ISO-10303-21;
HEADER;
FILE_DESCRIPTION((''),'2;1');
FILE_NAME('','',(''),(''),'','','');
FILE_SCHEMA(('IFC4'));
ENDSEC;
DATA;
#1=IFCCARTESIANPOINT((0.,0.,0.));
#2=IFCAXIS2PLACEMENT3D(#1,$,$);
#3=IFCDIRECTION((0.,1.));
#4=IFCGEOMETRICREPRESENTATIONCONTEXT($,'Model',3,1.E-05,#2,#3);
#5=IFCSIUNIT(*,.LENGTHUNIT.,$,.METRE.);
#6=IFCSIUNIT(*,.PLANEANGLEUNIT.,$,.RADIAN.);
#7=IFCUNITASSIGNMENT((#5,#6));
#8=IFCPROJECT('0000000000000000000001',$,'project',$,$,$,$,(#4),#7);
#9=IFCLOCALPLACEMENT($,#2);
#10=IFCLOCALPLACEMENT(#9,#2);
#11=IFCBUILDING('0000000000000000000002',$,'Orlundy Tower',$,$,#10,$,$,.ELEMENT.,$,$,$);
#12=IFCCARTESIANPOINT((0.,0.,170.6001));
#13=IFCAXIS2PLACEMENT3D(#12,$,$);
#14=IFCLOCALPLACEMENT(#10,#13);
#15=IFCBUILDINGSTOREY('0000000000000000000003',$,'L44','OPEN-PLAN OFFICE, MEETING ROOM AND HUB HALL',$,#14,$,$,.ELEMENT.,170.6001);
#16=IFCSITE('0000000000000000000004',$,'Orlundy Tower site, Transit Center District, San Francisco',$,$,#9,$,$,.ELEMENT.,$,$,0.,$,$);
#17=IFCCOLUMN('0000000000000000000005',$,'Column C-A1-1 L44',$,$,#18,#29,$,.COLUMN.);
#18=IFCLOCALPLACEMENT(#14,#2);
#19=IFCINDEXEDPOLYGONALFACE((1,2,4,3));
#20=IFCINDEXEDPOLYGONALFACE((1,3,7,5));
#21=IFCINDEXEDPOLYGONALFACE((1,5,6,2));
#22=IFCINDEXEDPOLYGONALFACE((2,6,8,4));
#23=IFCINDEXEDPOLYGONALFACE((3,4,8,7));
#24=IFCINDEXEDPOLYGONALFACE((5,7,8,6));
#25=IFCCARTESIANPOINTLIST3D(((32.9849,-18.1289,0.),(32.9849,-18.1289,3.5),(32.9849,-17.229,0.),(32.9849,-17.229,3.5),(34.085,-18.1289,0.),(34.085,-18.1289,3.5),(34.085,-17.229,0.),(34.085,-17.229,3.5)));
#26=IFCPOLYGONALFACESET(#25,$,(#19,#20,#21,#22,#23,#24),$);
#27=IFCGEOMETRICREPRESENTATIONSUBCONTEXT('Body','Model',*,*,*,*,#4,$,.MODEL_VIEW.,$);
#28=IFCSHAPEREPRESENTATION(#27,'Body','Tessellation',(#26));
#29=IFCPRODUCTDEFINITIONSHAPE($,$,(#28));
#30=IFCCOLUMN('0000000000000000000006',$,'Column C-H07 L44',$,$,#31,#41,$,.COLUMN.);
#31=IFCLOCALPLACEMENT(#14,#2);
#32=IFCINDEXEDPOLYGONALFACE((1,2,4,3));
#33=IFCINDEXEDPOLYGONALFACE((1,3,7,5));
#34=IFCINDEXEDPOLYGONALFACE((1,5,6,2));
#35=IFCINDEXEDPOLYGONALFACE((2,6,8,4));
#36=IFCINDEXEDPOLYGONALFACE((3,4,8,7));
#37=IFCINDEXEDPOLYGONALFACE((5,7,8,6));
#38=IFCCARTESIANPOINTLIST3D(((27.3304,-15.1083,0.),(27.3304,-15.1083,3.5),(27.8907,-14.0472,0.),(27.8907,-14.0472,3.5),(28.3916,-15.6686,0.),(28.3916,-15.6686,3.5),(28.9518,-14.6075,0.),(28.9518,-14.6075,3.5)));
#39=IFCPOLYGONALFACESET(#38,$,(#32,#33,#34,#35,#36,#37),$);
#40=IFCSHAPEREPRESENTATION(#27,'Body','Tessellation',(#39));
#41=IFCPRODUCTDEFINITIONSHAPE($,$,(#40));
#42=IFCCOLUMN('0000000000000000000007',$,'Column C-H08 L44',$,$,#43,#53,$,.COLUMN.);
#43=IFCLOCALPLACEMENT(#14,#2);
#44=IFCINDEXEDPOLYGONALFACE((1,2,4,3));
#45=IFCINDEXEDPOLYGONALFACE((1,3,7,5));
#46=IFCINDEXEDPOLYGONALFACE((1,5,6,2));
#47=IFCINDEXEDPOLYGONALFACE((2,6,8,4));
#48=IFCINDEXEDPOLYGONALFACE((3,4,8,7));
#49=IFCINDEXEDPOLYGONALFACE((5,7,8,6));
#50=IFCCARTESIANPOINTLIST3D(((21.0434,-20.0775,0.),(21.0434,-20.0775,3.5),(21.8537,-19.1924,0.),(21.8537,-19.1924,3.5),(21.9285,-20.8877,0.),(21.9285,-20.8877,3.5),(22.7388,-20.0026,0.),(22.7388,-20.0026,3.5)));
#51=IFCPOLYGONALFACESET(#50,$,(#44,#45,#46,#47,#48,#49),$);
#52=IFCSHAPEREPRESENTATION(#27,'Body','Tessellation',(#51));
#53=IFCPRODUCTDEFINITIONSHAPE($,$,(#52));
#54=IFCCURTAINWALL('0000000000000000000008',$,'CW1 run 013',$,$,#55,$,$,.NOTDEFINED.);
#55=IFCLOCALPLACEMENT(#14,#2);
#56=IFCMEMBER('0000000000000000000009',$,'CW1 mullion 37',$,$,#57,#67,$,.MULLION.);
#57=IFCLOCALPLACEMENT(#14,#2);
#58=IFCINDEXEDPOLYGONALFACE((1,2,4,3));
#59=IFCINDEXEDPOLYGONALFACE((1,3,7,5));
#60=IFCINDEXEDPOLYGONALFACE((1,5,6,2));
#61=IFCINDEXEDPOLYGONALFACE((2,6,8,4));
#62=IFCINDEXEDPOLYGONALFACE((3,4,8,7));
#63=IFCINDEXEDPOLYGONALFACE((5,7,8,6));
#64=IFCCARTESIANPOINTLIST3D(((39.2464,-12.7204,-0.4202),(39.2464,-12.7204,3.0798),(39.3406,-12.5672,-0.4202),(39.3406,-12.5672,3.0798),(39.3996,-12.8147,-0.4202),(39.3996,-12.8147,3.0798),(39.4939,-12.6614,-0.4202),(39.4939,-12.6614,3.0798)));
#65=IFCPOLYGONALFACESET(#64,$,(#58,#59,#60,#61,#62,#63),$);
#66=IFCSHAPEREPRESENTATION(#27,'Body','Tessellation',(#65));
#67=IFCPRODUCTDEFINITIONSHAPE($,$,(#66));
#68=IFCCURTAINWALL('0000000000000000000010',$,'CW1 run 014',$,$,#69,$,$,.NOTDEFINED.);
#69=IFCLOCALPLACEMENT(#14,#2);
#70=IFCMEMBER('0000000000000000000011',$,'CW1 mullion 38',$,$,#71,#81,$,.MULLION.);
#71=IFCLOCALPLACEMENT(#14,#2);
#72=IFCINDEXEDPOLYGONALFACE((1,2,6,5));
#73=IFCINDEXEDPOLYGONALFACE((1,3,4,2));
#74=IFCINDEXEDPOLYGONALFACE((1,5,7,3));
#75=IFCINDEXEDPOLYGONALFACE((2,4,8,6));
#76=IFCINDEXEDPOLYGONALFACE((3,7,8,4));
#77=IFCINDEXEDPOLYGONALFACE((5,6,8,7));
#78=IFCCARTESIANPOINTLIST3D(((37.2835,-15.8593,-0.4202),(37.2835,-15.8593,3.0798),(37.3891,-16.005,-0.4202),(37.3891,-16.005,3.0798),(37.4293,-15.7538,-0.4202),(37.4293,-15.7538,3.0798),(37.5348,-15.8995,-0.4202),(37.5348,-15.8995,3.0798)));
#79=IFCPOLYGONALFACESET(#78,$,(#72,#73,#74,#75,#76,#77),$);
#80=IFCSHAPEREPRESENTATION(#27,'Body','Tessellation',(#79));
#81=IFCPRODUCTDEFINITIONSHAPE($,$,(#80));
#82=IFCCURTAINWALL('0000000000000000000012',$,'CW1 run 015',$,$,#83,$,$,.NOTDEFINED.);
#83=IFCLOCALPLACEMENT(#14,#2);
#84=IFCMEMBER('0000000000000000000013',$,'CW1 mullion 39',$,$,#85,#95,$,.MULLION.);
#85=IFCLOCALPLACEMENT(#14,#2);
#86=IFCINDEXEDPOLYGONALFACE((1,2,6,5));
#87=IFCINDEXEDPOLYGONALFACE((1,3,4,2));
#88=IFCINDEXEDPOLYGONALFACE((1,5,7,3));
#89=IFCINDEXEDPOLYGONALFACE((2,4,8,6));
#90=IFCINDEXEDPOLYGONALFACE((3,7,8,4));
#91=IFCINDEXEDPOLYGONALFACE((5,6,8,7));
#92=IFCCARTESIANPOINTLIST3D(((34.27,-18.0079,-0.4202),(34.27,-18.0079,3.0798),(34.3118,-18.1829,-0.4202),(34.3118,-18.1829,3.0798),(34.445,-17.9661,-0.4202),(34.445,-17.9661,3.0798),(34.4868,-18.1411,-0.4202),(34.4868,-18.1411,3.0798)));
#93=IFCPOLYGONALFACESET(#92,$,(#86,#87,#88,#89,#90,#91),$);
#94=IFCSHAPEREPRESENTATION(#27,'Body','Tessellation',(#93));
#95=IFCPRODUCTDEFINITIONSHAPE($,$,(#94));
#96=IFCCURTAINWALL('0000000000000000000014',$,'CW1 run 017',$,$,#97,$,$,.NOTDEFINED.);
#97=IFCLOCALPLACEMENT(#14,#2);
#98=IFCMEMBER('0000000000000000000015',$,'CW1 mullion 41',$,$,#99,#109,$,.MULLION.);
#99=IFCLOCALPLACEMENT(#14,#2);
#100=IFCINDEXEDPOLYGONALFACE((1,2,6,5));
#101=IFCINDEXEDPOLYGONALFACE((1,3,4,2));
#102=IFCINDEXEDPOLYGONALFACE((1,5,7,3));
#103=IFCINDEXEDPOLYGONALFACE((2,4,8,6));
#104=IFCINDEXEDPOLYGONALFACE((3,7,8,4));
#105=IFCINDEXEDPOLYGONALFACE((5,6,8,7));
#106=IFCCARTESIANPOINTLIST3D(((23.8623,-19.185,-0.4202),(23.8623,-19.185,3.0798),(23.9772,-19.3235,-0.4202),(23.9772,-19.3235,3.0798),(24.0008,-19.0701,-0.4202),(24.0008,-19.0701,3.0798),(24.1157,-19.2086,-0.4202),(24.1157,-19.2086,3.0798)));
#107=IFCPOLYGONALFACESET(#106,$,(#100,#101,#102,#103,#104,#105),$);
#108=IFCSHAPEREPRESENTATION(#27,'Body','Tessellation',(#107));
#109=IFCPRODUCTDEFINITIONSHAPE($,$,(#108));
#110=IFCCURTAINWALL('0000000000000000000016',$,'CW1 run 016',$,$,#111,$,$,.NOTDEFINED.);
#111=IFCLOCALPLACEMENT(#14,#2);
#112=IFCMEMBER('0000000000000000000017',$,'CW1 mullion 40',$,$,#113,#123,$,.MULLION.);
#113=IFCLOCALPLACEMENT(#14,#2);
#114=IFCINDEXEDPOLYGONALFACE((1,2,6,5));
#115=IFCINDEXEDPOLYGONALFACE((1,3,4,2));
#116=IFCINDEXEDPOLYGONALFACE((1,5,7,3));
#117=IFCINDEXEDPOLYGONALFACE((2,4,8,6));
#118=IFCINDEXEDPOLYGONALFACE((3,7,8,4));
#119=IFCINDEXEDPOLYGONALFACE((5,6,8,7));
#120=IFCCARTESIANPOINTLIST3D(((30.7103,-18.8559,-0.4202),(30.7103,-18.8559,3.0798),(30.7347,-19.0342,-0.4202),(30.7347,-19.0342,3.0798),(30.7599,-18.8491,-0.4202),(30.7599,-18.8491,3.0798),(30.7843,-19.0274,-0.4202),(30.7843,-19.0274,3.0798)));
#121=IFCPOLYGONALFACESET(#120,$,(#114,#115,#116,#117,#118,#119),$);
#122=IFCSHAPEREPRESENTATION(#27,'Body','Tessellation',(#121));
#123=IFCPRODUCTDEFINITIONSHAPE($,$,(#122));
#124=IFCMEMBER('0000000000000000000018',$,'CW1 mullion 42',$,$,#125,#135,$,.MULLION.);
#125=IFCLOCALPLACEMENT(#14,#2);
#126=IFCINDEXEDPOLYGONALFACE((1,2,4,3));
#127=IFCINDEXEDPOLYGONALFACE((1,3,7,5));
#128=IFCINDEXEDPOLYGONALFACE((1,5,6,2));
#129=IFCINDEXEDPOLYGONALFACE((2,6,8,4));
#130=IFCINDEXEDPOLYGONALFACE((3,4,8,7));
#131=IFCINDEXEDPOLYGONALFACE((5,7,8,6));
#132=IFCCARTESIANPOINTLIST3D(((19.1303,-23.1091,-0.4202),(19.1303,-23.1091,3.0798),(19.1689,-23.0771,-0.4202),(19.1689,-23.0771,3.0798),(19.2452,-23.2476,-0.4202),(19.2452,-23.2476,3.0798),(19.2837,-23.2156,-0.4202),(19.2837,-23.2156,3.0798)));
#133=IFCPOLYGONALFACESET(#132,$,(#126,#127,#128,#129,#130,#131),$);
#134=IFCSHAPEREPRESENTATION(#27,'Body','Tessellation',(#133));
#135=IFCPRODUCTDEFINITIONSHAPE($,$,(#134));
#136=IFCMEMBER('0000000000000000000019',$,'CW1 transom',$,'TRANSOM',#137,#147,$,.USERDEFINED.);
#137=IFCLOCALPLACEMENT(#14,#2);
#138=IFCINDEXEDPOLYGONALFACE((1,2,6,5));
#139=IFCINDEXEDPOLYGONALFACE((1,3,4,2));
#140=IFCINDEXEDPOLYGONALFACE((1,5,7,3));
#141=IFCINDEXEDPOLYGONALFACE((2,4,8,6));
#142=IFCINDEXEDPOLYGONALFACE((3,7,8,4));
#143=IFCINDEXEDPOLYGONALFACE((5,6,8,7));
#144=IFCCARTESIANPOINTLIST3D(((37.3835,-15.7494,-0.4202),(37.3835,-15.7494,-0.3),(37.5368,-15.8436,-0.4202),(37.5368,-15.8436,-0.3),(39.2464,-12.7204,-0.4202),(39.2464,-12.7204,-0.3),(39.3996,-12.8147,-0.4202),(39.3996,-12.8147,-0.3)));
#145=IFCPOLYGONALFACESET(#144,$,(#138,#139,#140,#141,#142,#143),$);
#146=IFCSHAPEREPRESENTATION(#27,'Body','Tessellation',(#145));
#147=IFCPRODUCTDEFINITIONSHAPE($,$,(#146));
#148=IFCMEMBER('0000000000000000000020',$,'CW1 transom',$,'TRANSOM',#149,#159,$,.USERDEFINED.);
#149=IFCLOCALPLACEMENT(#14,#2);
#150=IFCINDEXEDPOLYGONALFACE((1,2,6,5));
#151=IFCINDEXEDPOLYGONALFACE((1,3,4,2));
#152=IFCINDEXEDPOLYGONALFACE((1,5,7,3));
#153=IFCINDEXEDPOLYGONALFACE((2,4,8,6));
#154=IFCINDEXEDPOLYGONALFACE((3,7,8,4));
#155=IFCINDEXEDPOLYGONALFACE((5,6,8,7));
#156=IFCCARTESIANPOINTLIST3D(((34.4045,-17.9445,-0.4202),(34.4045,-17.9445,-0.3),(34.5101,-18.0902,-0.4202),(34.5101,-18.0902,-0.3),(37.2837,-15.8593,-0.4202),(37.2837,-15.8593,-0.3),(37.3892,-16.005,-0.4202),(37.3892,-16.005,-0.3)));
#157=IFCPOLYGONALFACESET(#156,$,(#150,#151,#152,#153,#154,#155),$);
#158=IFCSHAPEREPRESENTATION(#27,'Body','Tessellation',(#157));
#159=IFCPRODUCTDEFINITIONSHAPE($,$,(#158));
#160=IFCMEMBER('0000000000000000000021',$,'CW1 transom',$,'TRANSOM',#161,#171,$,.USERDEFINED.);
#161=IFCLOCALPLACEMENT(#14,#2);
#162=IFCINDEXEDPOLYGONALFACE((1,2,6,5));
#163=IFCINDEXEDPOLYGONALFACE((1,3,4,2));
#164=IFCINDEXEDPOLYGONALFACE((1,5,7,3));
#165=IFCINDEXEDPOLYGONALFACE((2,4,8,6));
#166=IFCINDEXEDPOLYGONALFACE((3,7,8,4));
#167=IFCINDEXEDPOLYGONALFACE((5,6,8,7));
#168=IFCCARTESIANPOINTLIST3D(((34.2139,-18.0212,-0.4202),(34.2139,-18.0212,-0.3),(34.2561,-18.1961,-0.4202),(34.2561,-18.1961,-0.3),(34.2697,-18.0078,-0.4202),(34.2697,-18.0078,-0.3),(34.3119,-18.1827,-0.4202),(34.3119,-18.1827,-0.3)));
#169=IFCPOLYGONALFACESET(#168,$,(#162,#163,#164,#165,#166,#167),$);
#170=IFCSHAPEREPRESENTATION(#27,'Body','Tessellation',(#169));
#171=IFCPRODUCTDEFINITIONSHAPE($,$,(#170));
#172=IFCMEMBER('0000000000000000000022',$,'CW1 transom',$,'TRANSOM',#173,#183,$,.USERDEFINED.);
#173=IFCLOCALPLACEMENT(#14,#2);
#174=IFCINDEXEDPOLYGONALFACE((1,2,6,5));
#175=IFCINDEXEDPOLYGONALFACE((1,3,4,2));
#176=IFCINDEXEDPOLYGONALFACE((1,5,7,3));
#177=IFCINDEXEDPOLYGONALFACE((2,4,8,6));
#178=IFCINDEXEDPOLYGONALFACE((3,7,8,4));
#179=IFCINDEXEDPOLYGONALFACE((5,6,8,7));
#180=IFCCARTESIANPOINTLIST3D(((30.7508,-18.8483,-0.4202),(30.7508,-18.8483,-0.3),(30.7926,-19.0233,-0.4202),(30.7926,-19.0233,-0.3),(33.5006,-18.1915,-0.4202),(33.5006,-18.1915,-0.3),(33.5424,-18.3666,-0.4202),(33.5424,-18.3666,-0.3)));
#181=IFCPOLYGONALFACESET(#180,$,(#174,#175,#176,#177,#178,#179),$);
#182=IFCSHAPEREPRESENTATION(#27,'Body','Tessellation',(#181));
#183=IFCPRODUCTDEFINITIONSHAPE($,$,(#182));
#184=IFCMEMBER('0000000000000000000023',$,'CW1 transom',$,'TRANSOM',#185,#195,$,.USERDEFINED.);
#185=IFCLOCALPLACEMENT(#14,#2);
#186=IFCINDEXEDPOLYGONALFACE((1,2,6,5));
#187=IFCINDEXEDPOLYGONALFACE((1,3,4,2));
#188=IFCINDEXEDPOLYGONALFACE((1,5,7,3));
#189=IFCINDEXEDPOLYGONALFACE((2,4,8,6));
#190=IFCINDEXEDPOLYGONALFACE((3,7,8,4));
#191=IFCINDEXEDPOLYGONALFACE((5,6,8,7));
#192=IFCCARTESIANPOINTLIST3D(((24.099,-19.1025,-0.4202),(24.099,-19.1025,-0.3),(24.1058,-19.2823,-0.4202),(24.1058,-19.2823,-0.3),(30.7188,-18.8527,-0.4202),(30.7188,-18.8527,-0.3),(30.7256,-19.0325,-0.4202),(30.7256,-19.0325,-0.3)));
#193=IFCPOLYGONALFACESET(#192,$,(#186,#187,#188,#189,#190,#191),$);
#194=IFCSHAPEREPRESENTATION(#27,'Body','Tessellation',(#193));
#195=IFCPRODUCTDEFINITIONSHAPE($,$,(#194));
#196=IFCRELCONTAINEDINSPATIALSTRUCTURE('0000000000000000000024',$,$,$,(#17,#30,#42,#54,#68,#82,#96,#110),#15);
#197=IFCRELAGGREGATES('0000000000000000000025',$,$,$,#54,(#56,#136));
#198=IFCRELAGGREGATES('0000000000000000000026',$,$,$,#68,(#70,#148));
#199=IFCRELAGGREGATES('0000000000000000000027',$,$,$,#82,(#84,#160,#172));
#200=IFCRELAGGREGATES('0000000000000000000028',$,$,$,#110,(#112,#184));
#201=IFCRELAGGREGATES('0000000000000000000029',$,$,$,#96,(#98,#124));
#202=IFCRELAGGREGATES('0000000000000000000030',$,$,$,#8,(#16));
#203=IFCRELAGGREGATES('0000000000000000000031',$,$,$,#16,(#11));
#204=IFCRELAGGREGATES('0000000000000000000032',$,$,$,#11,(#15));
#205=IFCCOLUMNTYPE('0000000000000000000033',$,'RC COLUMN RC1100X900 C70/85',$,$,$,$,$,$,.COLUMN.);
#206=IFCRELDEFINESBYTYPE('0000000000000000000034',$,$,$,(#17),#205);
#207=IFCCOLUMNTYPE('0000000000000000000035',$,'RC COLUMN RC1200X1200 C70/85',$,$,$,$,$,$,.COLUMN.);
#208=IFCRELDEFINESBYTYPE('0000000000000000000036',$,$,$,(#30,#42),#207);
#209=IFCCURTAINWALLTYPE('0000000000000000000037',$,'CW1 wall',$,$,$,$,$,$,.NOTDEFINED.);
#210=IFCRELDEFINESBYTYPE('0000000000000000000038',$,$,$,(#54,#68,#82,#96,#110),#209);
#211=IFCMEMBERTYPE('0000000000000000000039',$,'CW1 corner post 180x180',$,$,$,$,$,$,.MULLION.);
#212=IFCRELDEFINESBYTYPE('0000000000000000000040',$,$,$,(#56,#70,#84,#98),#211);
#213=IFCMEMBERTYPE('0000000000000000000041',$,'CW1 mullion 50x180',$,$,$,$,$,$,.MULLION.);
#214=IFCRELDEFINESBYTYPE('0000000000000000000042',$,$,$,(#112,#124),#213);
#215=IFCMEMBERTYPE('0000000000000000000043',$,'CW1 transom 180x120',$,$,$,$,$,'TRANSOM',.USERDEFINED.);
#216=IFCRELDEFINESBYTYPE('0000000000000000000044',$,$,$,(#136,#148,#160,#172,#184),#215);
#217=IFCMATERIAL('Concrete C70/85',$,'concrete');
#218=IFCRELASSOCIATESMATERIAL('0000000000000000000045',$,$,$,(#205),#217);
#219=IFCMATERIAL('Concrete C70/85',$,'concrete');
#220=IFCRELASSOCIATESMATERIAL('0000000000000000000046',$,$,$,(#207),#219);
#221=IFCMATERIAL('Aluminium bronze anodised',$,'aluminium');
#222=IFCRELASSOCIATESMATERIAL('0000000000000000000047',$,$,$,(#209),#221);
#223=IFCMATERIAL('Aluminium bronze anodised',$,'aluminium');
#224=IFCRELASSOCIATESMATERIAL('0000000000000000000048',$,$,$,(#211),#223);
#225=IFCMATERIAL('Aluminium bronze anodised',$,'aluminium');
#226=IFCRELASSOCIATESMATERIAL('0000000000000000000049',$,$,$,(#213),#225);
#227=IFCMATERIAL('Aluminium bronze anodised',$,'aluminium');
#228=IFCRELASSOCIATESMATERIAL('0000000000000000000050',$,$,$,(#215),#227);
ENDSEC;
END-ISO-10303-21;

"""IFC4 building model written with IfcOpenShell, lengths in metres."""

from ifc_helpers import new_model, si_unit, direction, frame, origin, origin_2d, place, context, subcontext, project, spatial, rectangle, extrude, material, material_profile, profile_set, type_object, element, aggregate, save


model = new_model("IFC4")

# Units and contexts
model_context = context("Model", 3, precision=1e-05, world=origin(), true_north=direction((0.0, 1.0)))
body_context = subcontext(model_context, "Body", "Model", "MODEL_VIEW")
ifc_project = project(units=[si_unit("LENGTHUNIT", "METRE"), si_unit("PLANEANGLEUNIT", "RADIAN")], contexts=[model_context])

# Site, building, storey
site_placement = place(None, origin())
site = spatial("IfcSite", under=ifc_project, at=site_placement, Name="Orlundy Tower site, Transit Center District, San Francisco", CompositionType="ELEMENT", RefElevation=0.0)
building_placement = place(site_placement, origin())
building = spatial("IfcBuilding", under=site, at=building_placement, Name="Orlundy Tower", CompositionType="ELEMENT")
storey_placement = place(building_placement, frame((0.0, 0.0, 170.6001)))
storey = spatial("IfcBuildingStorey", under=building, at=storey_placement, Name="L44", Description="OPEN-PLAN OFFICE, MEETING ROOM AND HUB HALL", CompositionType="ELEMENT", Elevation=170.6001)

# Columns
ifc_material_1 = material(Name="Concrete C70/85", Category="concrete")
ifc_material_profile_1 = material_profile(ifc_material_1, rectangle(XDim=1.1001, YDim=0.8999, at=origin_2d()), Name="RC1100X900")
ifc_profile_set_1 = profile_set([ifc_material_profile_1], Name="Concrete C70/85")
column_type_1 = type_object("IfcColumnType", Name="RC COLUMN RC1100X900 C70/85", PredefinedType="COLUMN", material=ifc_profile_set_1)
column_placement = place(storey_placement, frame((33.5349, -17.679, 0.0), z_axis=(0.0, 0.0, 1.0), x_axis=(1.0, 0.0, 0.0)))
element("IfcColumn", 1, at=column_placement, inside=storey, type_object=column_type_1, Name="Column C-A1-1 L44", PredefinedType="COLUMN", context=body_context, shape_type="SweptSolid", body=[
    extrude(rectangle(XDim=1.1001, YDim=0.8999, at=origin_2d()), origin(), (0.0, 0.0, 1.0), 3.5),
])
ifc_material_2 = material(Name="Concrete C70/85", Category="concrete")
ifc_material_profile_2 = material_profile(ifc_material_2, rectangle(XDim=1.2, YDim=1.2, at=origin_2d()), Name="RC1200X1200")
ifc_profile_set_2 = profile_set([ifc_material_profile_2], Name="Concrete C70/85")
column_type_2 = type_object("IfcColumnType", Name="RC COLUMN RC1200X1200 C70/85", PredefinedType="COLUMN", material=ifc_profile_set_2)
for number, where, z_axis, x_axis, name in (
    (2, (28.1411, -14.8579, 0.0), (0.0, 0.0, 1.0), (0.884312, -0.466896, 0.0), "Column C-H07 L44"),
    (3, (21.8911, -20.04, 0.0), (0.0, 0.0, 1.0), (0.737607, -0.67523, 0.0), "Column C-H08 L44"),
):
    element("IfcColumn", number, at=place(storey_placement, frame(where, z_axis=z_axis, x_axis=x_axis)), inside=storey, type_object=column_type_2, Name=name, PredefinedType="COLUMN", context=body_context, shape_type="SweptSolid", body=[
        extrude(rectangle(XDim=1.2, YDim=1.2, at=origin_2d()), origin(), (0.0, 0.0, 1.0), 3.5),
    ])

# Curtain walls, members
ifc_material_3 = material(Name="Aluminium bronze anodised", Category="aluminium")
curtain_wall_type = type_object("IfcCurtainWallType", Name="CW1 wall", PredefinedType="NOTDEFINED", material=ifc_material_3)
curtain_wall_1_placement = place(storey_placement, origin())
curtain_wall_1 = element("IfcCurtainWall", 4, at=curtain_wall_1_placement, inside=storey, type_object=curtain_wall_type, Name="CW1 run 013", PredefinedType="NOTDEFINED")
ifc_material_4 = material(Name="Aluminium bronze anodised", Category="aluminium")
ifc_material_profile_3 = material_profile(ifc_material_4, rectangle(XDim=0.1799, YDim=0.1799, at=origin_2d()), Name="CW1 corner post 180x180")
ifc_profile_set_3 = profile_set([ifc_material_profile_3], Name="Aluminium bronze anodised")
member_type_1 = type_object("IfcMemberType", Name="CW1 corner post 180x180", PredefinedType="MULLION", material=ifc_profile_set_3)
member_1_placement = place(storey_placement, frame((39.3701, -12.6909, -0.4202), z_axis=(0.0, 0.0, 1.0), x_axis=(0.851825, -0.523827, 0.0)))
member_1 = element("IfcMember", 5, at=member_1_placement, type_object=member_type_1, Name="CW1 mullion 37", PredefinedType="MULLION", context=body_context, shape_type="SweptSolid", body=[
    extrude(rectangle(XDim=0.1799, YDim=0.1799, at=origin_2d()), origin(), (0.0, 0.0, 1.0), 3.5),
])
curtain_wall_2_placement = place(storey_placement, origin())
curtain_wall_2 = element("IfcCurtainWall", 6, at=curtain_wall_2_placement, inside=storey, type_object=curtain_wall_type, Name="CW1 run 014", PredefinedType="NOTDEFINED")
member_2_placement = place(storey_placement, frame((37.4092, -15.8794, -0.4202), z_axis=(0.0, 0.0, 1.0), x_axis=(0.586534, -0.809924, 0.0)))
member_2 = element("IfcMember", 7, at=member_2_placement, type_object=member_type_1, Name="CW1 mullion 38", PredefinedType="MULLION", context=body_context, shape_type="SweptSolid", body=[
    extrude(rectangle(XDim=0.1799, YDim=0.1799, at=origin_2d()), origin(), (0.0, 0.0, 1.0), 3.5),
])
curtain_wall_3_placement = place(storey_placement, origin())
curtain_wall_3 = element("IfcCurtainWall", 8, at=curtain_wall_3_placement, inside=storey, type_object=curtain_wall_type, Name="CW1 run 015", PredefinedType="NOTDEFINED")
member_3_placement = place(storey_placement, frame((34.3784, -18.0745, -0.4202), z_axis=(0.0, 0.0, 1.0), x_axis=(0.232301, -0.972644, 0.0)))
member_3 = element("IfcMember", 9, at=member_3_placement, type_object=member_type_1, Name="CW1 mullion 39", PredefinedType="MULLION", context=body_context, shape_type="SweptSolid", body=[
    extrude(rectangle(XDim=0.1799, YDim=0.1799, at=origin_2d()), origin(), (0.0, 0.0, 1.0), 3.5),
])
curtain_wall_4_placement = place(storey_placement, origin())
curtain_wall_4 = element("IfcCurtainWall", 10, at=curtain_wall_4_placement, inside=storey, type_object=curtain_wall_type, Name="CW1 run 017", PredefinedType="NOTDEFINED")
member_4_placement = place(storey_placement, frame((23.989, -19.1968, -0.4202), z_axis=(0.0, 0.0, 1.0), x_axis=(0.638331, -0.769762, 0.0)))
member_4 = element("IfcMember", 11, at=member_4_placement, type_object=member_type_1, Name="CW1 mullion 41", PredefinedType="MULLION", context=body_context, shape_type="SweptSolid", body=[
    extrude(rectangle(XDim=0.1799, YDim=0.1799, at=origin_2d()), origin(), (0.0, 0.0, 1.0), 3.5),
])
curtain_wall_5_placement = place(storey_placement, origin())
curtain_wall_5 = element("IfcCurtainWall", 12, at=curtain_wall_5_placement, inside=storey, type_object=curtain_wall_type, Name="CW1 run 016", PredefinedType="NOTDEFINED")
ifc_material_5 = material(Name="Aluminium bronze anodised", Category="aluminium")
ifc_material_profile_4 = material_profile(ifc_material_5, rectangle(XDim=0.1799, YDim=0.05, at=origin_2d()), Name="CW1 mullion 50x180")
ifc_profile_set_4 = profile_set([ifc_material_profile_4], Name="Aluminium bronze anodised")
member_type_2 = type_object("IfcMemberType", Name="CW1 mullion 50x180", PredefinedType="MULLION", material=ifc_profile_set_4)
member_5_placement = place(storey_placement, frame((30.7473, -18.9417, -0.4202), z_axis=(0.0, 0.0, 1.0), x_axis=(0.135672, -0.990754, 0.0)))
member_5 = element("IfcMember", 13, at=member_5_placement, type_object=member_type_2, Name="CW1 mullion 40", PredefinedType="MULLION", context=body_context, shape_type="SweptSolid", body=[
    extrude(rectangle(XDim=0.1799, YDim=0.05, at=origin_2d()), origin(), (0.0, 0.0, 1.0), 3.5),
])

# Members
member_6_placement = place(storey_placement, frame((19.207, -23.1624, -0.4202), z_axis=(0.0, 0.0, 1.0), x_axis=(0.638331, -0.769762, 0.0)))
member_6 = element("IfcMember", 14, at=member_6_placement, type_object=member_type_2, Name="CW1 mullion 42", PredefinedType="MULLION", context=body_context, shape_type="SweptSolid", body=[
    extrude(rectangle(XDim=0.1799, YDim=0.05, at=origin_2d()), origin(), (0.0, 0.0, 1.0), 3.5),
])
ifc_material_6 = material(Name="Aluminium bronze anodised", Category="aluminium")
ifc_material_profile_5 = material_profile(ifc_material_6, rectangle(XDim=0.1799, YDim=0.1201, at=origin_2d()), Name="CW1 transom 180x120")
ifc_profile_set_5 = profile_set([ifc_material_profile_5], Name="Aluminium bronze anodised")
member_type_3 = type_object("IfcMemberType", Name="CW1 transom 180x120", ElementType="TRANSOM", PredefinedType="USERDEFINED", material=ifc_profile_set_5)
member_7_placement = place(storey_placement, frame((39.323, -12.7676, -0.3601), z_axis=(-0.523875, -0.851795, 0.0), x_axis=(0.851795, -0.523875, 0.0)))
member_7 = element("IfcMember", 15, at=member_7_placement, type_object=member_type_3, Name="CW1 transom", ObjectType="TRANSOM", PredefinedType="USERDEFINED", context=body_context, shape_type="SweptSolid", body=[
    extrude(rectangle(XDim=0.1799, YDim=0.1201, at=origin_2d()), origin(), (0.0, 0.0, 1.0), 3.5559),
])
member_8_placement = place(storey_placement, frame((37.3364, -15.9321, -0.3601), z_axis=(-0.809902, -0.586566, 0.0), x_axis=(0.586566, -0.809902, 0.0)))
member_8 = element("IfcMember", 16, at=member_8_placement, type_object=member_type_3, Name="CW1 transom", ObjectType="TRANSOM", PredefinedType="USERDEFINED", context=body_context, shape_type="SweptSolid", body=[
    extrude(rectangle(XDim=0.1799, YDim=0.1201, at=origin_2d()), origin(), (0.0, 0.0, 1.0), 3.5549),
])
member_9_placement = place(storey_placement, frame((34.2908, -18.0952, -0.3601), z_axis=(-0.972116, -0.234502, 0.0), x_axis=(0.234502, -0.972116, 0.0)))
member_9 = element("IfcMember", 17, at=member_9_placement, type_object=member_type_3, Name="CW1 transom", ObjectType="TRANSOM", PredefinedType="USERDEFINED", context=body_context, shape_type="SweptSolid", body=[
    extrude(rectangle(XDim=0.1799, YDim=0.1201, at=origin_2d()), origin(), (0.0, 0.0, 1.0), 0.0574),
])
member_10_placement = place(storey_placement, frame((33.5215, -18.2791, -0.3601), z_axis=(-0.972644, -0.232302, 0.0), x_axis=(0.232302, -0.972644, 0.0)))
member_10 = element("IfcMember", 18, at=member_10_placement, type_object=member_type_3, Name="CW1 transom", ObjectType="TRANSOM", PredefinedType="USERDEFINED", context=body_context, shape_type="SweptSolid", body=[
    extrude(rectangle(XDim=0.1799, YDim=0.1201, at=origin_2d()), origin(), (0.0, 0.0, 1.0), 2.8271),
])
member_11_placement = place(storey_placement, frame((30.7222, -18.9426, -0.3601), z_axis=(-0.999289, -0.037701, 0.0), x_axis=(0.037701, -0.999289, 0.0)))
member_11 = element("IfcMember", 19, at=member_11_placement, type_object=member_type_3, Name="CW1 transom", ObjectType="TRANSOM", PredefinedType="USERDEFINED", context=body_context, shape_type="SweptSolid", body=[
    extrude(rectangle(XDim=0.1799, YDim=0.1201, at=origin_2d()), origin(), (0.0, 0.0, 1.0), 6.6245),
])

aggregate(curtain_wall_1, [member_1, member_7])
aggregate(curtain_wall_2, [member_2, member_8])
aggregate(curtain_wall_3, [member_3, member_9, member_10])
aggregate(curtain_wall_5, [member_5, member_11])
aggregate(curtain_wall_4, [member_4, member_6])

save(model, "model.ifc")
